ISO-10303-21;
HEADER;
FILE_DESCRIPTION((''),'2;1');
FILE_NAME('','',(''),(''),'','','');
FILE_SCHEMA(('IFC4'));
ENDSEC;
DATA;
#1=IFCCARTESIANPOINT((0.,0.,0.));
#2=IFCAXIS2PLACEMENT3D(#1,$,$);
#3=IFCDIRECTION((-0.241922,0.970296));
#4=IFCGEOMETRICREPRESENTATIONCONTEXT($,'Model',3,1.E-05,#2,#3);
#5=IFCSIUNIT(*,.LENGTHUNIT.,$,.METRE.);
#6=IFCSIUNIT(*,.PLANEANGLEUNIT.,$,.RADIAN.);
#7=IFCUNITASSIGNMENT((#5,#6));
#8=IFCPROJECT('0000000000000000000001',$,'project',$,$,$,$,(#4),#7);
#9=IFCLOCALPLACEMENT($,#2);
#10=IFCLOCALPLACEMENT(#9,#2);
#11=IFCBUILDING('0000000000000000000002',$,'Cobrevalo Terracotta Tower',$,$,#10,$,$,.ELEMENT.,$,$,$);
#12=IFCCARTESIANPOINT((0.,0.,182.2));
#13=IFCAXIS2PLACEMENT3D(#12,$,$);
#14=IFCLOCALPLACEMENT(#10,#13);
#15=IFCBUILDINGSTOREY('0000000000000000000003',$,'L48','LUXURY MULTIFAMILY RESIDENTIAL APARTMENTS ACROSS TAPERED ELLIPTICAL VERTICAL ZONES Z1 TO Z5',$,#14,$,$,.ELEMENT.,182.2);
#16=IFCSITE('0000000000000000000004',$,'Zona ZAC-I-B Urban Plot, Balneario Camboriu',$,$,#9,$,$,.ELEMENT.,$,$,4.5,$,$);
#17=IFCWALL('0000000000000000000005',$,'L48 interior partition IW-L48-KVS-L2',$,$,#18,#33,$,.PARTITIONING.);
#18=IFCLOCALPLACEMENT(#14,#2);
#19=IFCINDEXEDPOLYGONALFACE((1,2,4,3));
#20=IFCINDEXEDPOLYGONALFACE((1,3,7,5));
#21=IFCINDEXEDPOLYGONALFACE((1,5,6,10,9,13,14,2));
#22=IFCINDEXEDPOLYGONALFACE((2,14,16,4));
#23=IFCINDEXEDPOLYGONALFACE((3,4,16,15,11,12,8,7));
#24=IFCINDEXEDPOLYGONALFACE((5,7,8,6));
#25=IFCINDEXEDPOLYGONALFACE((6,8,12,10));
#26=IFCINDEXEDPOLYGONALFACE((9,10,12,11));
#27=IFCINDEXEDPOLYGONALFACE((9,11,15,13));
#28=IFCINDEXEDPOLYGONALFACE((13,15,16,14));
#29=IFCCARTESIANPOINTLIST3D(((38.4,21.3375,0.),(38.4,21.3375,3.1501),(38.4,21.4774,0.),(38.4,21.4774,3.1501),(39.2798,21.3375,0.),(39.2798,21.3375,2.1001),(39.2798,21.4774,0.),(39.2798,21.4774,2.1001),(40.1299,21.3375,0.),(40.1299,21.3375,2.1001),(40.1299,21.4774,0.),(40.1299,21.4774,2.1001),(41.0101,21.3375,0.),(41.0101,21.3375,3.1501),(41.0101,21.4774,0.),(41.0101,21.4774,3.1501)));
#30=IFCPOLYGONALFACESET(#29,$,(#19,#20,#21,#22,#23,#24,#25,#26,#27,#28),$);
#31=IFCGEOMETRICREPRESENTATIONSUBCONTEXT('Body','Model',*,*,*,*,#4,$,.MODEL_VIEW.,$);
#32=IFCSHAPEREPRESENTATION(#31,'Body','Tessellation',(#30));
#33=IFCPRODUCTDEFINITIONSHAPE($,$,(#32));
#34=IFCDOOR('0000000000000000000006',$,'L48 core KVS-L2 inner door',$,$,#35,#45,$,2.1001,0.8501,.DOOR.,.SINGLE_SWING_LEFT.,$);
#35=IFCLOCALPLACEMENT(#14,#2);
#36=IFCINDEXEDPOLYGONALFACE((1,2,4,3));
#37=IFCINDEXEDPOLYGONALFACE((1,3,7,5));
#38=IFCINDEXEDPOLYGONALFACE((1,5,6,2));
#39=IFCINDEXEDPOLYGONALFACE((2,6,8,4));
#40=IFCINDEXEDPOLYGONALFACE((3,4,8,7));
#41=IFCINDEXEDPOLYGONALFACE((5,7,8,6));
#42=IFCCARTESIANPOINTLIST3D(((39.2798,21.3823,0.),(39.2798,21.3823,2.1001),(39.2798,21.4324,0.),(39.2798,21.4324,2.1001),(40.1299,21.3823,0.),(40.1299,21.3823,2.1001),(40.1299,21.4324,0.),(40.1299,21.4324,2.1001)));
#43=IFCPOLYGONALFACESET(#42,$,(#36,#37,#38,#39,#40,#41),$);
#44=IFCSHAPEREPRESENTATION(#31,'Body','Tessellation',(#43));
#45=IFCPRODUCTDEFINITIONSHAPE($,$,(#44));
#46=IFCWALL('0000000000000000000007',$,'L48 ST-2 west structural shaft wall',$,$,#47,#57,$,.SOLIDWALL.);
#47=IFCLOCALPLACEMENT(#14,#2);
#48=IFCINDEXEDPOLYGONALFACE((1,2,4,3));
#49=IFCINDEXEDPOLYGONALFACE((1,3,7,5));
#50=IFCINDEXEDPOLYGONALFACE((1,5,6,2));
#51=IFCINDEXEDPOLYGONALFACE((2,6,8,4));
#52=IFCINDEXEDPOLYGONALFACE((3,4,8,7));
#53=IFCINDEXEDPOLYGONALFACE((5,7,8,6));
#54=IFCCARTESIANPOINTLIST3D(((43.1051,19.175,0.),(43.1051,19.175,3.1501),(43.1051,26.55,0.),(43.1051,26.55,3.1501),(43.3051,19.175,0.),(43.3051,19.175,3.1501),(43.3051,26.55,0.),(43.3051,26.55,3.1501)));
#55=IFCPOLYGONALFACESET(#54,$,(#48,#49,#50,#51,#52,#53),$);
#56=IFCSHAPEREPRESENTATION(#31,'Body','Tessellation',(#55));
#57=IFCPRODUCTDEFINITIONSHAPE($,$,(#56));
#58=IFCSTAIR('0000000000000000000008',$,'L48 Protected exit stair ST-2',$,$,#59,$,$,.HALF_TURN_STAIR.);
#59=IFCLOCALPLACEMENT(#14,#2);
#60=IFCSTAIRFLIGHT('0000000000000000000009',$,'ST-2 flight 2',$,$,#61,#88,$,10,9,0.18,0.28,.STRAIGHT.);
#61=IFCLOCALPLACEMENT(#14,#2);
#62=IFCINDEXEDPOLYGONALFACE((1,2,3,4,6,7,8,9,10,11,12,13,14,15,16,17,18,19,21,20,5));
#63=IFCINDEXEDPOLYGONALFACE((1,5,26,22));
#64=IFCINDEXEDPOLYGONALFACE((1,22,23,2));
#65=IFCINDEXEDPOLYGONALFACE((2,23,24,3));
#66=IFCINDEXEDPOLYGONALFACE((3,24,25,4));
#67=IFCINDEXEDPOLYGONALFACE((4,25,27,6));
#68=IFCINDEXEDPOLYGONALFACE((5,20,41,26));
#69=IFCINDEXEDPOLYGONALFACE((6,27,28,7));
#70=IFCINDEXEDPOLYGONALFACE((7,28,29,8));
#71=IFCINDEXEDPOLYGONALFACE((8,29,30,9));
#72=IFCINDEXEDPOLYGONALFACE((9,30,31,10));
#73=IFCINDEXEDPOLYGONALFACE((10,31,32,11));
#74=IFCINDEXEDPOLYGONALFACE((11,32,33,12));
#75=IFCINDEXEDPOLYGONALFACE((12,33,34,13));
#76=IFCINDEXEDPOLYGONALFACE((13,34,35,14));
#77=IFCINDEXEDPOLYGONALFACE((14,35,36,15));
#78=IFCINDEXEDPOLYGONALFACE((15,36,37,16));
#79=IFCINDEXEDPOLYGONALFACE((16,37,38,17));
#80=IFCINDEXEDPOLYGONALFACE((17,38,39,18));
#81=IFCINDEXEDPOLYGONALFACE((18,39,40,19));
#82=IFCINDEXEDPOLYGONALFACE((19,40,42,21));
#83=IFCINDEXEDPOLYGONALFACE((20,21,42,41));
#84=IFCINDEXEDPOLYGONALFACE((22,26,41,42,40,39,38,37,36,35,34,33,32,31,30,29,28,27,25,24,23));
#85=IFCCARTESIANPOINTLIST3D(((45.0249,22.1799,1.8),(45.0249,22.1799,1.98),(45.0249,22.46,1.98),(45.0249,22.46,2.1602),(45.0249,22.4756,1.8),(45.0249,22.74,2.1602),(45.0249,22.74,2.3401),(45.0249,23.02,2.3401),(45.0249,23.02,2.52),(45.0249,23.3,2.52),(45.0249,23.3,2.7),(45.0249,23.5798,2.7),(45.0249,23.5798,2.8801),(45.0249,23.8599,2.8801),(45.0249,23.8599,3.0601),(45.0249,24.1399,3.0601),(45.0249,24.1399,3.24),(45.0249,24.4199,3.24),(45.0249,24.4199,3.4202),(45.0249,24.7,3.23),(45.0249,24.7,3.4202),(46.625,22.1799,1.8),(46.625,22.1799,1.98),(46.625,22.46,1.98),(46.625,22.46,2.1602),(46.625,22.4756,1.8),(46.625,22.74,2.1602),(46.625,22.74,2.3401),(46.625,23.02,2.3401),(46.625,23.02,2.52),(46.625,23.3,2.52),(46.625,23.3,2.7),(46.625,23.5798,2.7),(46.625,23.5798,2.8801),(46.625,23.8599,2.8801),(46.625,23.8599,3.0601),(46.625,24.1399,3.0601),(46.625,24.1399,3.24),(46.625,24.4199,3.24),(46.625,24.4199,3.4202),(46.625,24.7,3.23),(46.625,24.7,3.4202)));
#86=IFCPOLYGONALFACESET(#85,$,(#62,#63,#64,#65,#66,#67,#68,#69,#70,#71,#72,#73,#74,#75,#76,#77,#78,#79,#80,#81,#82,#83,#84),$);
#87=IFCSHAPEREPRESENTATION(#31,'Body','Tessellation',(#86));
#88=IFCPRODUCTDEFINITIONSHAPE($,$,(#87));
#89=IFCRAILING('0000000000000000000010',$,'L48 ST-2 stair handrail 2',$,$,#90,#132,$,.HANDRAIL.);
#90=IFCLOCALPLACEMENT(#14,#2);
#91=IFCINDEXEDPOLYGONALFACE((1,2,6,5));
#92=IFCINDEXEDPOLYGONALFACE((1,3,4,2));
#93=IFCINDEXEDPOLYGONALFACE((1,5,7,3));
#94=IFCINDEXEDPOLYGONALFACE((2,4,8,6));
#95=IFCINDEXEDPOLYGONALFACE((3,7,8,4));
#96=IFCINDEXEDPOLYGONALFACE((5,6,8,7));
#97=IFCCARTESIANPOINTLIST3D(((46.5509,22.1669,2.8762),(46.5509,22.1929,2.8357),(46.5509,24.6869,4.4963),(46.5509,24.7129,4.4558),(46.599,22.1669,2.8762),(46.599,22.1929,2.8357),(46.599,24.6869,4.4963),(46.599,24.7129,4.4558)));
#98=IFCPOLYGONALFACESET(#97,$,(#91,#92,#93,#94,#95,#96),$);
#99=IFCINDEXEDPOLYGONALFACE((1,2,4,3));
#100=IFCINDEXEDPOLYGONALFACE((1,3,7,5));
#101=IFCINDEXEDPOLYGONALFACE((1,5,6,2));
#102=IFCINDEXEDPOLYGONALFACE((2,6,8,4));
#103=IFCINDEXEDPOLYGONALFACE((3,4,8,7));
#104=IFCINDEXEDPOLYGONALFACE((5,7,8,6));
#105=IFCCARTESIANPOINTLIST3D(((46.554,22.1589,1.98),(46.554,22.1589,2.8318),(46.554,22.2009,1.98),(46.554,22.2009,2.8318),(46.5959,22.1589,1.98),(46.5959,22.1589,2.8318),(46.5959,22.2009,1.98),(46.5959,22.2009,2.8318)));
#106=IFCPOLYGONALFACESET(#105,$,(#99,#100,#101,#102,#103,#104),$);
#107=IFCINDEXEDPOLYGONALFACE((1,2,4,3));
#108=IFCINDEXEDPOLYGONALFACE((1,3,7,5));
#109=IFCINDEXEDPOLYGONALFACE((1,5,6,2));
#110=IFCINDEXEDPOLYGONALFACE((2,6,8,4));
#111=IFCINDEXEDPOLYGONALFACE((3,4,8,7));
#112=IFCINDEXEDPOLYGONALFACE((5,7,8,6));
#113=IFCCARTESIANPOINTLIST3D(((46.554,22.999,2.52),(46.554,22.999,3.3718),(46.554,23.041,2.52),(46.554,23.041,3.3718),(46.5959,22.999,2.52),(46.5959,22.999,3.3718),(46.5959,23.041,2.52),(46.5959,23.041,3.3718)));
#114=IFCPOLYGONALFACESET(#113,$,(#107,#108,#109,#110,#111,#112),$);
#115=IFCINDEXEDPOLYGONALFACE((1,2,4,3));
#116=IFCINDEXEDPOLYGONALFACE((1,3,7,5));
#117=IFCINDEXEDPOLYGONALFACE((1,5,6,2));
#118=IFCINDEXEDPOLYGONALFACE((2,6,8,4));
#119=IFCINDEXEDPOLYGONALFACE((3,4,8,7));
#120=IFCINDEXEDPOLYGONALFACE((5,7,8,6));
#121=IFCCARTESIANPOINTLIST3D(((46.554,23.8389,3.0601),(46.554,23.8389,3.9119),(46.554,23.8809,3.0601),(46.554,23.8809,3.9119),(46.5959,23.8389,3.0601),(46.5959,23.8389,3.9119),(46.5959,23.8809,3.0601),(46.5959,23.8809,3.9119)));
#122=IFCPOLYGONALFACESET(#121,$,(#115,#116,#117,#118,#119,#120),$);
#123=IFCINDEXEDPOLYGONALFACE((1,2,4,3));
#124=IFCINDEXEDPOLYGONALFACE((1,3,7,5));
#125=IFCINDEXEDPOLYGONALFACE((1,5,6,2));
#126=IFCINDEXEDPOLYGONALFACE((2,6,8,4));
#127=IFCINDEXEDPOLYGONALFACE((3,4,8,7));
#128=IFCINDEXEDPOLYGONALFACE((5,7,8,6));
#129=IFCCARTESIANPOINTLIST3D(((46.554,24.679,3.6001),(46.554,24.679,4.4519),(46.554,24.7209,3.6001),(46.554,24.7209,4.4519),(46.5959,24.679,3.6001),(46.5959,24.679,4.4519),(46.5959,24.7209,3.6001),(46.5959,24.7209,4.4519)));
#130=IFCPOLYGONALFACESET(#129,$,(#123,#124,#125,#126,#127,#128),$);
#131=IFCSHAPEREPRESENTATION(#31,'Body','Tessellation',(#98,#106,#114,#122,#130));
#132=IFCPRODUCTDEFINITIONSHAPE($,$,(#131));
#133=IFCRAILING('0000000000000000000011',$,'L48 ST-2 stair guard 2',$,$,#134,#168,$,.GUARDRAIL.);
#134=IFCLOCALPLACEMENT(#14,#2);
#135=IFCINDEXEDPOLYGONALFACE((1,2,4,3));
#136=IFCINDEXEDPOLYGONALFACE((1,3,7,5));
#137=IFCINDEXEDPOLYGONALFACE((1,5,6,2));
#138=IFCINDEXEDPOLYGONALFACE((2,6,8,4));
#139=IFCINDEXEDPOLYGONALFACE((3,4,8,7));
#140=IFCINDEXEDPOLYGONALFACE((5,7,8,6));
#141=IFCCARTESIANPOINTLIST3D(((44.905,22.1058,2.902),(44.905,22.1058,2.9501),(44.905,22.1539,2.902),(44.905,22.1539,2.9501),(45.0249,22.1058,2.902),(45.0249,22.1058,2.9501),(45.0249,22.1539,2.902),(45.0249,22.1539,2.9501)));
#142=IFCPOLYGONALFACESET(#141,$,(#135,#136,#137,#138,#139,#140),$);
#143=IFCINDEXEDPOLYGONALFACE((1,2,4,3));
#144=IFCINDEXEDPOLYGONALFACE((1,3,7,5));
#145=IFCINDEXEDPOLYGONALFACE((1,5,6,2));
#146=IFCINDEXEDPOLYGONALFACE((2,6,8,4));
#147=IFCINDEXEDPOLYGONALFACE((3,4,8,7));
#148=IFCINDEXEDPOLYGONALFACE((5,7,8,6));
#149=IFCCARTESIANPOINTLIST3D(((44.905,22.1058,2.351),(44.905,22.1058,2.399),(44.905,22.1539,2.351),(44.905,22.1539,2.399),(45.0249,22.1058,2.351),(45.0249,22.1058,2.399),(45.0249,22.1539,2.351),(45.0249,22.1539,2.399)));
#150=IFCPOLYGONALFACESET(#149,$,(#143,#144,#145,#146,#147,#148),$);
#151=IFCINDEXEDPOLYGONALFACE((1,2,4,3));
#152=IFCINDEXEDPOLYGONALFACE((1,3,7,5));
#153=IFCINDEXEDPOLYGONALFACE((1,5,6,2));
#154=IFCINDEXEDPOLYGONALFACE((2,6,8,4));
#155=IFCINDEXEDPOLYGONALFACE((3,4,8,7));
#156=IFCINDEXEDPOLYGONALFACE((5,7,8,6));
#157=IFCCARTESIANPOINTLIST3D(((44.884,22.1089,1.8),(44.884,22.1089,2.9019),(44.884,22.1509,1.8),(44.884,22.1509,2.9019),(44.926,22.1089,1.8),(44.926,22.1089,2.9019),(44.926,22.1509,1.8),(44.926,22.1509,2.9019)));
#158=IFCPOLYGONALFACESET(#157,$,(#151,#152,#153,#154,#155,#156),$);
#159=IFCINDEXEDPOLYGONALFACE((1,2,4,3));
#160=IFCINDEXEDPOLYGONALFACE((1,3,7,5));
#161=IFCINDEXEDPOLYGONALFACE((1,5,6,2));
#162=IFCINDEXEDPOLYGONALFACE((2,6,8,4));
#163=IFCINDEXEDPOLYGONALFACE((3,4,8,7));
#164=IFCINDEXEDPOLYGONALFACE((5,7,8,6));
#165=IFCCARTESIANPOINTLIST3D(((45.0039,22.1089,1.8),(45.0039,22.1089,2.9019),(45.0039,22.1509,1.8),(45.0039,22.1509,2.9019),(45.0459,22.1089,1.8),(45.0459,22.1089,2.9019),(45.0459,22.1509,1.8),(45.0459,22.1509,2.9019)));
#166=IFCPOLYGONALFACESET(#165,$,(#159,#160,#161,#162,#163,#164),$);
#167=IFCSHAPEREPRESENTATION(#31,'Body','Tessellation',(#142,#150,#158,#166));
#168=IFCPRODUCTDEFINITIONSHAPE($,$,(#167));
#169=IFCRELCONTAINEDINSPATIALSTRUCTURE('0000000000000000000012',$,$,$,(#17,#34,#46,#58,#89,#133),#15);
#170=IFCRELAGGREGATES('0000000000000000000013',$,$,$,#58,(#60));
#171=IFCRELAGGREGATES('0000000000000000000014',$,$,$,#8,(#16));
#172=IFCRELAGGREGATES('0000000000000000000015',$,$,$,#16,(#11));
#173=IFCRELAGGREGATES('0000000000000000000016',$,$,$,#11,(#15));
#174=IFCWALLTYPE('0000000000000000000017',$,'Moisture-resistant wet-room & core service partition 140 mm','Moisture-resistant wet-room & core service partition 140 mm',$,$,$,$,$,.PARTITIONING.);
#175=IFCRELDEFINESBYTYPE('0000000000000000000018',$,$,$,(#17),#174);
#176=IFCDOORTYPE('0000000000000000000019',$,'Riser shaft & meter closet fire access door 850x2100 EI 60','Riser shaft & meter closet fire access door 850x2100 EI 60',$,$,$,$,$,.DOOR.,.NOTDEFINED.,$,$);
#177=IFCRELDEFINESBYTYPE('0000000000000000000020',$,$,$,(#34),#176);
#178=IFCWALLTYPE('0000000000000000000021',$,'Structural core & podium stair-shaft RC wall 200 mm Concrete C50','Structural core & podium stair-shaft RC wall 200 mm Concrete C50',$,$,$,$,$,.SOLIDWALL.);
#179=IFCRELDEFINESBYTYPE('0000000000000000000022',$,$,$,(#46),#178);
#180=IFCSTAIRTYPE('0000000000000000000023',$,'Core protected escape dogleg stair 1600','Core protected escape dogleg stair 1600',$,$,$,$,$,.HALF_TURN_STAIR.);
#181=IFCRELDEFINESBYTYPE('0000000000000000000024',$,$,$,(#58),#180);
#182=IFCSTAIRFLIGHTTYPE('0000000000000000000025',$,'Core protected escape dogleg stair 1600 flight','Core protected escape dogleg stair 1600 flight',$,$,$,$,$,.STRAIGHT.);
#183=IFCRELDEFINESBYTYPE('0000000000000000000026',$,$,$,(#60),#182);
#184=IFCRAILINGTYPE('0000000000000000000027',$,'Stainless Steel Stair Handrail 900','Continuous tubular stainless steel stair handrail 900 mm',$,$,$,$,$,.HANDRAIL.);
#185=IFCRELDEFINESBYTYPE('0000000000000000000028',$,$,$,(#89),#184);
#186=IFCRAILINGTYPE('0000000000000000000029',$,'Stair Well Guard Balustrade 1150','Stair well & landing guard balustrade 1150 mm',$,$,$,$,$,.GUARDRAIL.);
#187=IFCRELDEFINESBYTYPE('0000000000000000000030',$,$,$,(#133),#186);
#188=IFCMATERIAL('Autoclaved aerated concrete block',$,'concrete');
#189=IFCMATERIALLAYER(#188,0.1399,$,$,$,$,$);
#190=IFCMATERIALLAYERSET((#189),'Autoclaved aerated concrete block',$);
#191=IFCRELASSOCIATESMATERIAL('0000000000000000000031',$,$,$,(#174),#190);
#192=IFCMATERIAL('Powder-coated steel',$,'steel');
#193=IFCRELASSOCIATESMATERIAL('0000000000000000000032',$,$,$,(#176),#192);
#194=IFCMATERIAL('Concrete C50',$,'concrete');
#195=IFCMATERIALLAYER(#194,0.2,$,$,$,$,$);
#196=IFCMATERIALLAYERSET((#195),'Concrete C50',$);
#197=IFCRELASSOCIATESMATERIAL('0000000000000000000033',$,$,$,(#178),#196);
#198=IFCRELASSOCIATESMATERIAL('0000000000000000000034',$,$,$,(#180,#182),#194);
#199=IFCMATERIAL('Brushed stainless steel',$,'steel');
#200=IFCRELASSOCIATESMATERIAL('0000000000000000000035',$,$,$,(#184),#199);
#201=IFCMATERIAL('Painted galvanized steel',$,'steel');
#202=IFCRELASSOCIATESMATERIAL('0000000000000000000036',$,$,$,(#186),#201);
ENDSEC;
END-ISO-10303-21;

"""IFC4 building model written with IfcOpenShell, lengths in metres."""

from ifc_helpers import new_model, si_unit, direction, frame, frame_2d, origin, origin_2d, place, context, subcontext, project, spatial, polyline, rectangle, outline, extrude, source, transform, mapped, material, layer, layer_set, type_object, element, fill, aggregate, save


model = new_model("IFC4")

# Units and contexts
model_context = context("Model", 3, precision=1e-05, world=origin(), true_north=direction((-0.241922, 0.970296)))
body_context = subcontext(model_context, "Body", "Model", "MODEL_VIEW")
ifc_project = project(units=[si_unit("LENGTHUNIT", "METRE"), si_unit("PLANEANGLEUNIT", "RADIAN")], contexts=[model_context])

# Site, building, storey
site_placement = place(None, origin())
site = spatial("IfcSite", under=ifc_project, at=site_placement, Name="Zona ZAC-I-B Urban Plot, Balneario Camboriu", CompositionType="ELEMENT", RefElevation=4.5)
building_placement = place(site_placement, origin())
building = spatial("IfcBuilding", under=site, at=building_placement, Name="Cobrevalo Terracotta Tower", CompositionType="ELEMENT")
storey_placement = place(building_placement, frame((0.0, 0.0, 182.2)))
storey = spatial("IfcBuildingStorey", under=building, at=storey_placement, Name="L48", Description="LUXURY MULTIFAMILY RESIDENTIAL APARTMENTS ACROSS TAPERED ELLIPTICAL VERTICAL ZONES Z1 TO Z5", CompositionType="ELEMENT", Elevation=182.2)

# Shared definitions
ifc_material_1 = material(Name="Autoclaved aerated concrete block", Category="concrete")

# Shared definitions
ifc_material_2 = material(Name="Concrete C50", Category="concrete")

# Shared definitions
ifc_layer_1 = layer(ifc_material_1, 0.1399)
ifc_layer_set_1 = layer_set([ifc_layer_1], Name="Autoclaved aerated concrete block")
wall_type_1 = type_object("IfcWallType", Name="Moisture-resistant wet-room & core service partition 140 mm", Description="Moisture-resistant wet-room & core service partition 140 mm", PredefinedType="PARTITIONING", material=ifc_layer_set_1)

# Wall, opening, door
wall_1_placement = place(storey_placement, frame((38.3999, 21.4075, 0.0), z_axis=(0.0, 0.0, 1.0), x_axis=(1.0, 0.0, 0.0)))
wall_1 = element("IfcWall", 1, at=wall_1_placement, inside=storey, type_object=wall_type_1, Name="L48 interior partition IW-L48-KVS-L2", PredefinedType="PARTITIONING", context=body_context, shape_type="SweptSolid", body=[
    extrude(rectangle(XDim=2.6101, YDim=0.1399, at=frame_2d((1.3052, 0.0))), origin(), (0.0, 0.0, 1.0), 3.1501),
])
opening_1_placement = place(wall_1_placement, frame((0.8799, 0.0, 0.0)))
opening_1 = element("IfcOpeningElement", 2, at=opening_1_placement, cuts=wall_1, PredefinedType="OPENING", context=body_context, shape_type="SweptSolid", body=[
    extrude(rectangle(XDim=0.8501, YDim=2.1001, at=frame_2d((0.425, 1.05))), frame((0.0, 0.0801, 0.0), z_axis=(0.0, -1.0, 0.0), x_axis=(1.0, 0.0, 0.0)), (0.0, 0.0, 1.0), 0.1599),
])
ifc_material_3 = material(Name="Powder-coated steel", Category="steel")
door_type_1 = type_object("IfcDoorType", Name="Riser shaft & meter closet fire access door 850x2100 EI 60", Description="Riser shaft & meter closet fire access door 850x2100 EI 60", OperationType="NOTDEFINED", PredefinedType="DOOR", material=ifc_material_3)
shared_shape_1 = source(origin(), body_context, "Body", "SweptSolid", [
    extrude(rectangle(XDim=0.8501, YDim=2.1001, at=frame_2d((0.425, 1.05))), frame((0.0, 0.0249, 0.0), z_axis=(0.0, -1.0, 0.0), x_axis=(1.0, 0.0, 0.0)), (0.0, 0.0, 1.0), 0.05),
])
door_1_placement = place(opening_1_placement, origin())
door_1 = element("IfcDoor", 3, at=door_1_placement, inside=storey, type_object=door_type_1, Name="L48 core KVS-L2 inner door", OperationType="SINGLE_SWING_LEFT", OverallHeight=2.1001, OverallWidth=0.8501, PredefinedType="DOOR", context=body_context, shape_type="MappedRepresentation", body=[
    mapped(shared_shape_1, transform((0.0, 0.0, 0.0), scale=1.0)),
])
fill(opening_1, door_1)

# Wall
ifc_layer_2 = layer(ifc_material_2, 0.2)
ifc_layer_set_2 = layer_set([ifc_layer_2], Name="Concrete C50")
wall_type_2 = type_object("IfcWallType", Name="Structural core & podium stair-shaft RC wall 200 mm Concrete C50", Description="Structural core & podium stair-shaft RC wall 200 mm Concrete C50", PredefinedType="SOLIDWALL", material=ifc_layer_set_2)
wall_2_placement = place(storey_placement, frame((43.2051, 19.175, 0.0), z_axis=(0.0, 0.0, 1.0), x_axis=(0.0, 1.0, 0.0)))
element("IfcWall", 4, at=wall_2_placement, inside=storey, type_object=wall_type_2, Name="L48 ST-2 west structural shaft wall", PredefinedType="SOLIDWALL", context=body_context, shape_type="SweptSolid", body=[
    extrude(rectangle(XDim=7.375, YDim=0.2, at=frame_2d((3.6875, 0.0))), origin(), (0.0, 0.0, 1.0), 3.1501),
])

# Stair, stair flight
stair_type = type_object("IfcStairType", Name="Core protected escape dogleg stair 1600", Description="Core protected escape dogleg stair 1600", PredefinedType="HALF_TURN_STAIR", material=ifc_material_2)
stair_placement = place(storey_placement, origin())
stair = element("IfcStair", 5, at=stair_placement, inside=storey, type_object=stair_type, Name="L48 Protected exit stair ST-2", PredefinedType="HALF_TURN_STAIR")
stair_flight_type = type_object("IfcStairFlightType", Name="Core protected escape dogleg stair 1600 flight", Description="Core protected escape dogleg stair 1600 flight", PredefinedType="STRAIGHT", material=ifc_material_2)
stair_flight_placement = place(storey_placement, frame((45.825, 22.1799, 1.8), z_axis=(0.0, 0.0, 1.0), x_axis=(0.0, 1.0, 0.0)))
stair_flight = element("IfcStairFlight", 6, at=stair_flight_placement, type_object=stair_flight_type, Name="ST-2 flight 2", NumberOfRisers=10, NumberOfTreads=9, PredefinedType="STRAIGHT", RiserHeight=0.18, TreadLength=0.28, context=body_context, shape_type="SweptSolid", body=[
    extrude(outline(polyline([(0.0, 0.0), (0.0, 0.1799), (0.28, 0.1799), (0.28, 0.3601), (0.5601, 0.3601), (0.5601, 0.54), (0.8401, 0.54), (0.8401, 0.72), (1.1201, 0.72), (1.1201, 0.8999), (1.3999, 0.8999), (1.3999, 1.0801), (1.6799, 1.0801), (1.6799, 1.26), (1.96, 1.26), (1.96, 1.4399), (2.24, 1.4399), (2.24, 1.6201), (2.52, 1.6201), (2.52, 1.8), (2.52, 1.4299), (0.2957, 0.0), (0.0, 0.0)])), frame((0.0, 0.8, 0.0), z_axis=(0.0, -1.0, 0.0), x_axis=(1.0, 0.0, 0.0)), (0.0, 0.0, 1.0), 1.6001),
])
aggregate(stair, [stair_flight])

# Railings
ifc_material_4 = material(Name="Brushed stainless steel", Category="steel")
railing_type_1 = type_object("IfcRailingType", Name="Stainless Steel Stair Handrail 900", Description="Continuous tubular stainless steel stair handrail 900 mm", PredefinedType="HANDRAIL", material=ifc_material_4)
railing_1_placement = place(storey_placement, frame((46.575, 22.1799, 1.98)))
element("IfcRailing", 7, at=railing_1_placement, inside=storey, type_object=railing_type_1, Name="L48 ST-2 stair handrail 2", PredefinedType="HANDRAIL", context=body_context, shape_type="SweptSolid", body=[
    extrude(rectangle(XDim=0.0481, YDim=0.0481, at=origin_2d()), frame((0.0, 0.0, 0.876), z_axis=(0.0, 0.841163, 0.540782), x_axis=(-1.0, 0.0, 0.0)), (0.0, 0.0, 1.0), 2.9958),
    extrude(rectangle(XDim=0.042, YDim=0.042, at=origin_2d()), origin(), (0.0, 0.0, 1.0), 0.8518),
    extrude(rectangle(XDim=0.042, YDim=0.042, at=origin_2d()), frame((0.0, 0.8401, 0.54)), (0.0, 0.0, 1.0), 0.8518),
    extrude(rectangle(XDim=0.042, YDim=0.042, at=origin_2d()), frame((0.0, 1.6799, 1.0801)), (0.0, 0.0, 1.0), 0.8518),
    extrude(rectangle(XDim=0.042, YDim=0.042, at=origin_2d()), frame((0.0, 2.52, 1.6201)), (0.0, 0.0, 1.0), 0.8518),
])
ifc_material_5 = material(Name="Painted galvanized steel", Category="steel")
railing_type_2 = type_object("IfcRailingType", Name="Stair Well Guard Balustrade 1150", Description="Stair well & landing guard balustrade 1150 mm", PredefinedType="GUARDRAIL", material=ifc_material_5)
railing_2_placement = place(storey_placement, frame((44.905, 22.1299, 1.8)))
element("IfcRailing", 8, at=railing_2_placement, inside=storey, type_object=railing_type_2, Name="L48 ST-2 stair guard 2", PredefinedType="GUARDRAIL", context=body_context, shape_type="SweptSolid", body=[
    extrude(rectangle(XDim=0.0481, YDim=0.0481, at=origin_2d()), frame((0.0, 0.0, 1.126), z_axis=(1.0, 0.0, 0.0), x_axis=(0.0, 1.0, 0.0)), (0.0, 0.0, 1.0), 0.1199),
    extrude(rectangle(XDim=0.0481, YDim=0.0481, at=origin_2d()), frame((0.0, 0.0, 0.575), z_axis=(1.0, 0.0, 0.0), x_axis=(0.0, 1.0, 0.0)), (0.0, 0.0, 1.0), 0.1199),
    extrude(rectangle(XDim=0.042, YDim=0.042, at=origin_2d()), origin(), (0.0, 0.0, 1.0), 1.1018),
    extrude(rectangle(XDim=0.042, YDim=0.042, at=origin_2d()), frame((0.1199, 0.0, 0.0)), (0.0, 0.0, 1.0), 1.1018),
])

save(model, "model.ifc")
